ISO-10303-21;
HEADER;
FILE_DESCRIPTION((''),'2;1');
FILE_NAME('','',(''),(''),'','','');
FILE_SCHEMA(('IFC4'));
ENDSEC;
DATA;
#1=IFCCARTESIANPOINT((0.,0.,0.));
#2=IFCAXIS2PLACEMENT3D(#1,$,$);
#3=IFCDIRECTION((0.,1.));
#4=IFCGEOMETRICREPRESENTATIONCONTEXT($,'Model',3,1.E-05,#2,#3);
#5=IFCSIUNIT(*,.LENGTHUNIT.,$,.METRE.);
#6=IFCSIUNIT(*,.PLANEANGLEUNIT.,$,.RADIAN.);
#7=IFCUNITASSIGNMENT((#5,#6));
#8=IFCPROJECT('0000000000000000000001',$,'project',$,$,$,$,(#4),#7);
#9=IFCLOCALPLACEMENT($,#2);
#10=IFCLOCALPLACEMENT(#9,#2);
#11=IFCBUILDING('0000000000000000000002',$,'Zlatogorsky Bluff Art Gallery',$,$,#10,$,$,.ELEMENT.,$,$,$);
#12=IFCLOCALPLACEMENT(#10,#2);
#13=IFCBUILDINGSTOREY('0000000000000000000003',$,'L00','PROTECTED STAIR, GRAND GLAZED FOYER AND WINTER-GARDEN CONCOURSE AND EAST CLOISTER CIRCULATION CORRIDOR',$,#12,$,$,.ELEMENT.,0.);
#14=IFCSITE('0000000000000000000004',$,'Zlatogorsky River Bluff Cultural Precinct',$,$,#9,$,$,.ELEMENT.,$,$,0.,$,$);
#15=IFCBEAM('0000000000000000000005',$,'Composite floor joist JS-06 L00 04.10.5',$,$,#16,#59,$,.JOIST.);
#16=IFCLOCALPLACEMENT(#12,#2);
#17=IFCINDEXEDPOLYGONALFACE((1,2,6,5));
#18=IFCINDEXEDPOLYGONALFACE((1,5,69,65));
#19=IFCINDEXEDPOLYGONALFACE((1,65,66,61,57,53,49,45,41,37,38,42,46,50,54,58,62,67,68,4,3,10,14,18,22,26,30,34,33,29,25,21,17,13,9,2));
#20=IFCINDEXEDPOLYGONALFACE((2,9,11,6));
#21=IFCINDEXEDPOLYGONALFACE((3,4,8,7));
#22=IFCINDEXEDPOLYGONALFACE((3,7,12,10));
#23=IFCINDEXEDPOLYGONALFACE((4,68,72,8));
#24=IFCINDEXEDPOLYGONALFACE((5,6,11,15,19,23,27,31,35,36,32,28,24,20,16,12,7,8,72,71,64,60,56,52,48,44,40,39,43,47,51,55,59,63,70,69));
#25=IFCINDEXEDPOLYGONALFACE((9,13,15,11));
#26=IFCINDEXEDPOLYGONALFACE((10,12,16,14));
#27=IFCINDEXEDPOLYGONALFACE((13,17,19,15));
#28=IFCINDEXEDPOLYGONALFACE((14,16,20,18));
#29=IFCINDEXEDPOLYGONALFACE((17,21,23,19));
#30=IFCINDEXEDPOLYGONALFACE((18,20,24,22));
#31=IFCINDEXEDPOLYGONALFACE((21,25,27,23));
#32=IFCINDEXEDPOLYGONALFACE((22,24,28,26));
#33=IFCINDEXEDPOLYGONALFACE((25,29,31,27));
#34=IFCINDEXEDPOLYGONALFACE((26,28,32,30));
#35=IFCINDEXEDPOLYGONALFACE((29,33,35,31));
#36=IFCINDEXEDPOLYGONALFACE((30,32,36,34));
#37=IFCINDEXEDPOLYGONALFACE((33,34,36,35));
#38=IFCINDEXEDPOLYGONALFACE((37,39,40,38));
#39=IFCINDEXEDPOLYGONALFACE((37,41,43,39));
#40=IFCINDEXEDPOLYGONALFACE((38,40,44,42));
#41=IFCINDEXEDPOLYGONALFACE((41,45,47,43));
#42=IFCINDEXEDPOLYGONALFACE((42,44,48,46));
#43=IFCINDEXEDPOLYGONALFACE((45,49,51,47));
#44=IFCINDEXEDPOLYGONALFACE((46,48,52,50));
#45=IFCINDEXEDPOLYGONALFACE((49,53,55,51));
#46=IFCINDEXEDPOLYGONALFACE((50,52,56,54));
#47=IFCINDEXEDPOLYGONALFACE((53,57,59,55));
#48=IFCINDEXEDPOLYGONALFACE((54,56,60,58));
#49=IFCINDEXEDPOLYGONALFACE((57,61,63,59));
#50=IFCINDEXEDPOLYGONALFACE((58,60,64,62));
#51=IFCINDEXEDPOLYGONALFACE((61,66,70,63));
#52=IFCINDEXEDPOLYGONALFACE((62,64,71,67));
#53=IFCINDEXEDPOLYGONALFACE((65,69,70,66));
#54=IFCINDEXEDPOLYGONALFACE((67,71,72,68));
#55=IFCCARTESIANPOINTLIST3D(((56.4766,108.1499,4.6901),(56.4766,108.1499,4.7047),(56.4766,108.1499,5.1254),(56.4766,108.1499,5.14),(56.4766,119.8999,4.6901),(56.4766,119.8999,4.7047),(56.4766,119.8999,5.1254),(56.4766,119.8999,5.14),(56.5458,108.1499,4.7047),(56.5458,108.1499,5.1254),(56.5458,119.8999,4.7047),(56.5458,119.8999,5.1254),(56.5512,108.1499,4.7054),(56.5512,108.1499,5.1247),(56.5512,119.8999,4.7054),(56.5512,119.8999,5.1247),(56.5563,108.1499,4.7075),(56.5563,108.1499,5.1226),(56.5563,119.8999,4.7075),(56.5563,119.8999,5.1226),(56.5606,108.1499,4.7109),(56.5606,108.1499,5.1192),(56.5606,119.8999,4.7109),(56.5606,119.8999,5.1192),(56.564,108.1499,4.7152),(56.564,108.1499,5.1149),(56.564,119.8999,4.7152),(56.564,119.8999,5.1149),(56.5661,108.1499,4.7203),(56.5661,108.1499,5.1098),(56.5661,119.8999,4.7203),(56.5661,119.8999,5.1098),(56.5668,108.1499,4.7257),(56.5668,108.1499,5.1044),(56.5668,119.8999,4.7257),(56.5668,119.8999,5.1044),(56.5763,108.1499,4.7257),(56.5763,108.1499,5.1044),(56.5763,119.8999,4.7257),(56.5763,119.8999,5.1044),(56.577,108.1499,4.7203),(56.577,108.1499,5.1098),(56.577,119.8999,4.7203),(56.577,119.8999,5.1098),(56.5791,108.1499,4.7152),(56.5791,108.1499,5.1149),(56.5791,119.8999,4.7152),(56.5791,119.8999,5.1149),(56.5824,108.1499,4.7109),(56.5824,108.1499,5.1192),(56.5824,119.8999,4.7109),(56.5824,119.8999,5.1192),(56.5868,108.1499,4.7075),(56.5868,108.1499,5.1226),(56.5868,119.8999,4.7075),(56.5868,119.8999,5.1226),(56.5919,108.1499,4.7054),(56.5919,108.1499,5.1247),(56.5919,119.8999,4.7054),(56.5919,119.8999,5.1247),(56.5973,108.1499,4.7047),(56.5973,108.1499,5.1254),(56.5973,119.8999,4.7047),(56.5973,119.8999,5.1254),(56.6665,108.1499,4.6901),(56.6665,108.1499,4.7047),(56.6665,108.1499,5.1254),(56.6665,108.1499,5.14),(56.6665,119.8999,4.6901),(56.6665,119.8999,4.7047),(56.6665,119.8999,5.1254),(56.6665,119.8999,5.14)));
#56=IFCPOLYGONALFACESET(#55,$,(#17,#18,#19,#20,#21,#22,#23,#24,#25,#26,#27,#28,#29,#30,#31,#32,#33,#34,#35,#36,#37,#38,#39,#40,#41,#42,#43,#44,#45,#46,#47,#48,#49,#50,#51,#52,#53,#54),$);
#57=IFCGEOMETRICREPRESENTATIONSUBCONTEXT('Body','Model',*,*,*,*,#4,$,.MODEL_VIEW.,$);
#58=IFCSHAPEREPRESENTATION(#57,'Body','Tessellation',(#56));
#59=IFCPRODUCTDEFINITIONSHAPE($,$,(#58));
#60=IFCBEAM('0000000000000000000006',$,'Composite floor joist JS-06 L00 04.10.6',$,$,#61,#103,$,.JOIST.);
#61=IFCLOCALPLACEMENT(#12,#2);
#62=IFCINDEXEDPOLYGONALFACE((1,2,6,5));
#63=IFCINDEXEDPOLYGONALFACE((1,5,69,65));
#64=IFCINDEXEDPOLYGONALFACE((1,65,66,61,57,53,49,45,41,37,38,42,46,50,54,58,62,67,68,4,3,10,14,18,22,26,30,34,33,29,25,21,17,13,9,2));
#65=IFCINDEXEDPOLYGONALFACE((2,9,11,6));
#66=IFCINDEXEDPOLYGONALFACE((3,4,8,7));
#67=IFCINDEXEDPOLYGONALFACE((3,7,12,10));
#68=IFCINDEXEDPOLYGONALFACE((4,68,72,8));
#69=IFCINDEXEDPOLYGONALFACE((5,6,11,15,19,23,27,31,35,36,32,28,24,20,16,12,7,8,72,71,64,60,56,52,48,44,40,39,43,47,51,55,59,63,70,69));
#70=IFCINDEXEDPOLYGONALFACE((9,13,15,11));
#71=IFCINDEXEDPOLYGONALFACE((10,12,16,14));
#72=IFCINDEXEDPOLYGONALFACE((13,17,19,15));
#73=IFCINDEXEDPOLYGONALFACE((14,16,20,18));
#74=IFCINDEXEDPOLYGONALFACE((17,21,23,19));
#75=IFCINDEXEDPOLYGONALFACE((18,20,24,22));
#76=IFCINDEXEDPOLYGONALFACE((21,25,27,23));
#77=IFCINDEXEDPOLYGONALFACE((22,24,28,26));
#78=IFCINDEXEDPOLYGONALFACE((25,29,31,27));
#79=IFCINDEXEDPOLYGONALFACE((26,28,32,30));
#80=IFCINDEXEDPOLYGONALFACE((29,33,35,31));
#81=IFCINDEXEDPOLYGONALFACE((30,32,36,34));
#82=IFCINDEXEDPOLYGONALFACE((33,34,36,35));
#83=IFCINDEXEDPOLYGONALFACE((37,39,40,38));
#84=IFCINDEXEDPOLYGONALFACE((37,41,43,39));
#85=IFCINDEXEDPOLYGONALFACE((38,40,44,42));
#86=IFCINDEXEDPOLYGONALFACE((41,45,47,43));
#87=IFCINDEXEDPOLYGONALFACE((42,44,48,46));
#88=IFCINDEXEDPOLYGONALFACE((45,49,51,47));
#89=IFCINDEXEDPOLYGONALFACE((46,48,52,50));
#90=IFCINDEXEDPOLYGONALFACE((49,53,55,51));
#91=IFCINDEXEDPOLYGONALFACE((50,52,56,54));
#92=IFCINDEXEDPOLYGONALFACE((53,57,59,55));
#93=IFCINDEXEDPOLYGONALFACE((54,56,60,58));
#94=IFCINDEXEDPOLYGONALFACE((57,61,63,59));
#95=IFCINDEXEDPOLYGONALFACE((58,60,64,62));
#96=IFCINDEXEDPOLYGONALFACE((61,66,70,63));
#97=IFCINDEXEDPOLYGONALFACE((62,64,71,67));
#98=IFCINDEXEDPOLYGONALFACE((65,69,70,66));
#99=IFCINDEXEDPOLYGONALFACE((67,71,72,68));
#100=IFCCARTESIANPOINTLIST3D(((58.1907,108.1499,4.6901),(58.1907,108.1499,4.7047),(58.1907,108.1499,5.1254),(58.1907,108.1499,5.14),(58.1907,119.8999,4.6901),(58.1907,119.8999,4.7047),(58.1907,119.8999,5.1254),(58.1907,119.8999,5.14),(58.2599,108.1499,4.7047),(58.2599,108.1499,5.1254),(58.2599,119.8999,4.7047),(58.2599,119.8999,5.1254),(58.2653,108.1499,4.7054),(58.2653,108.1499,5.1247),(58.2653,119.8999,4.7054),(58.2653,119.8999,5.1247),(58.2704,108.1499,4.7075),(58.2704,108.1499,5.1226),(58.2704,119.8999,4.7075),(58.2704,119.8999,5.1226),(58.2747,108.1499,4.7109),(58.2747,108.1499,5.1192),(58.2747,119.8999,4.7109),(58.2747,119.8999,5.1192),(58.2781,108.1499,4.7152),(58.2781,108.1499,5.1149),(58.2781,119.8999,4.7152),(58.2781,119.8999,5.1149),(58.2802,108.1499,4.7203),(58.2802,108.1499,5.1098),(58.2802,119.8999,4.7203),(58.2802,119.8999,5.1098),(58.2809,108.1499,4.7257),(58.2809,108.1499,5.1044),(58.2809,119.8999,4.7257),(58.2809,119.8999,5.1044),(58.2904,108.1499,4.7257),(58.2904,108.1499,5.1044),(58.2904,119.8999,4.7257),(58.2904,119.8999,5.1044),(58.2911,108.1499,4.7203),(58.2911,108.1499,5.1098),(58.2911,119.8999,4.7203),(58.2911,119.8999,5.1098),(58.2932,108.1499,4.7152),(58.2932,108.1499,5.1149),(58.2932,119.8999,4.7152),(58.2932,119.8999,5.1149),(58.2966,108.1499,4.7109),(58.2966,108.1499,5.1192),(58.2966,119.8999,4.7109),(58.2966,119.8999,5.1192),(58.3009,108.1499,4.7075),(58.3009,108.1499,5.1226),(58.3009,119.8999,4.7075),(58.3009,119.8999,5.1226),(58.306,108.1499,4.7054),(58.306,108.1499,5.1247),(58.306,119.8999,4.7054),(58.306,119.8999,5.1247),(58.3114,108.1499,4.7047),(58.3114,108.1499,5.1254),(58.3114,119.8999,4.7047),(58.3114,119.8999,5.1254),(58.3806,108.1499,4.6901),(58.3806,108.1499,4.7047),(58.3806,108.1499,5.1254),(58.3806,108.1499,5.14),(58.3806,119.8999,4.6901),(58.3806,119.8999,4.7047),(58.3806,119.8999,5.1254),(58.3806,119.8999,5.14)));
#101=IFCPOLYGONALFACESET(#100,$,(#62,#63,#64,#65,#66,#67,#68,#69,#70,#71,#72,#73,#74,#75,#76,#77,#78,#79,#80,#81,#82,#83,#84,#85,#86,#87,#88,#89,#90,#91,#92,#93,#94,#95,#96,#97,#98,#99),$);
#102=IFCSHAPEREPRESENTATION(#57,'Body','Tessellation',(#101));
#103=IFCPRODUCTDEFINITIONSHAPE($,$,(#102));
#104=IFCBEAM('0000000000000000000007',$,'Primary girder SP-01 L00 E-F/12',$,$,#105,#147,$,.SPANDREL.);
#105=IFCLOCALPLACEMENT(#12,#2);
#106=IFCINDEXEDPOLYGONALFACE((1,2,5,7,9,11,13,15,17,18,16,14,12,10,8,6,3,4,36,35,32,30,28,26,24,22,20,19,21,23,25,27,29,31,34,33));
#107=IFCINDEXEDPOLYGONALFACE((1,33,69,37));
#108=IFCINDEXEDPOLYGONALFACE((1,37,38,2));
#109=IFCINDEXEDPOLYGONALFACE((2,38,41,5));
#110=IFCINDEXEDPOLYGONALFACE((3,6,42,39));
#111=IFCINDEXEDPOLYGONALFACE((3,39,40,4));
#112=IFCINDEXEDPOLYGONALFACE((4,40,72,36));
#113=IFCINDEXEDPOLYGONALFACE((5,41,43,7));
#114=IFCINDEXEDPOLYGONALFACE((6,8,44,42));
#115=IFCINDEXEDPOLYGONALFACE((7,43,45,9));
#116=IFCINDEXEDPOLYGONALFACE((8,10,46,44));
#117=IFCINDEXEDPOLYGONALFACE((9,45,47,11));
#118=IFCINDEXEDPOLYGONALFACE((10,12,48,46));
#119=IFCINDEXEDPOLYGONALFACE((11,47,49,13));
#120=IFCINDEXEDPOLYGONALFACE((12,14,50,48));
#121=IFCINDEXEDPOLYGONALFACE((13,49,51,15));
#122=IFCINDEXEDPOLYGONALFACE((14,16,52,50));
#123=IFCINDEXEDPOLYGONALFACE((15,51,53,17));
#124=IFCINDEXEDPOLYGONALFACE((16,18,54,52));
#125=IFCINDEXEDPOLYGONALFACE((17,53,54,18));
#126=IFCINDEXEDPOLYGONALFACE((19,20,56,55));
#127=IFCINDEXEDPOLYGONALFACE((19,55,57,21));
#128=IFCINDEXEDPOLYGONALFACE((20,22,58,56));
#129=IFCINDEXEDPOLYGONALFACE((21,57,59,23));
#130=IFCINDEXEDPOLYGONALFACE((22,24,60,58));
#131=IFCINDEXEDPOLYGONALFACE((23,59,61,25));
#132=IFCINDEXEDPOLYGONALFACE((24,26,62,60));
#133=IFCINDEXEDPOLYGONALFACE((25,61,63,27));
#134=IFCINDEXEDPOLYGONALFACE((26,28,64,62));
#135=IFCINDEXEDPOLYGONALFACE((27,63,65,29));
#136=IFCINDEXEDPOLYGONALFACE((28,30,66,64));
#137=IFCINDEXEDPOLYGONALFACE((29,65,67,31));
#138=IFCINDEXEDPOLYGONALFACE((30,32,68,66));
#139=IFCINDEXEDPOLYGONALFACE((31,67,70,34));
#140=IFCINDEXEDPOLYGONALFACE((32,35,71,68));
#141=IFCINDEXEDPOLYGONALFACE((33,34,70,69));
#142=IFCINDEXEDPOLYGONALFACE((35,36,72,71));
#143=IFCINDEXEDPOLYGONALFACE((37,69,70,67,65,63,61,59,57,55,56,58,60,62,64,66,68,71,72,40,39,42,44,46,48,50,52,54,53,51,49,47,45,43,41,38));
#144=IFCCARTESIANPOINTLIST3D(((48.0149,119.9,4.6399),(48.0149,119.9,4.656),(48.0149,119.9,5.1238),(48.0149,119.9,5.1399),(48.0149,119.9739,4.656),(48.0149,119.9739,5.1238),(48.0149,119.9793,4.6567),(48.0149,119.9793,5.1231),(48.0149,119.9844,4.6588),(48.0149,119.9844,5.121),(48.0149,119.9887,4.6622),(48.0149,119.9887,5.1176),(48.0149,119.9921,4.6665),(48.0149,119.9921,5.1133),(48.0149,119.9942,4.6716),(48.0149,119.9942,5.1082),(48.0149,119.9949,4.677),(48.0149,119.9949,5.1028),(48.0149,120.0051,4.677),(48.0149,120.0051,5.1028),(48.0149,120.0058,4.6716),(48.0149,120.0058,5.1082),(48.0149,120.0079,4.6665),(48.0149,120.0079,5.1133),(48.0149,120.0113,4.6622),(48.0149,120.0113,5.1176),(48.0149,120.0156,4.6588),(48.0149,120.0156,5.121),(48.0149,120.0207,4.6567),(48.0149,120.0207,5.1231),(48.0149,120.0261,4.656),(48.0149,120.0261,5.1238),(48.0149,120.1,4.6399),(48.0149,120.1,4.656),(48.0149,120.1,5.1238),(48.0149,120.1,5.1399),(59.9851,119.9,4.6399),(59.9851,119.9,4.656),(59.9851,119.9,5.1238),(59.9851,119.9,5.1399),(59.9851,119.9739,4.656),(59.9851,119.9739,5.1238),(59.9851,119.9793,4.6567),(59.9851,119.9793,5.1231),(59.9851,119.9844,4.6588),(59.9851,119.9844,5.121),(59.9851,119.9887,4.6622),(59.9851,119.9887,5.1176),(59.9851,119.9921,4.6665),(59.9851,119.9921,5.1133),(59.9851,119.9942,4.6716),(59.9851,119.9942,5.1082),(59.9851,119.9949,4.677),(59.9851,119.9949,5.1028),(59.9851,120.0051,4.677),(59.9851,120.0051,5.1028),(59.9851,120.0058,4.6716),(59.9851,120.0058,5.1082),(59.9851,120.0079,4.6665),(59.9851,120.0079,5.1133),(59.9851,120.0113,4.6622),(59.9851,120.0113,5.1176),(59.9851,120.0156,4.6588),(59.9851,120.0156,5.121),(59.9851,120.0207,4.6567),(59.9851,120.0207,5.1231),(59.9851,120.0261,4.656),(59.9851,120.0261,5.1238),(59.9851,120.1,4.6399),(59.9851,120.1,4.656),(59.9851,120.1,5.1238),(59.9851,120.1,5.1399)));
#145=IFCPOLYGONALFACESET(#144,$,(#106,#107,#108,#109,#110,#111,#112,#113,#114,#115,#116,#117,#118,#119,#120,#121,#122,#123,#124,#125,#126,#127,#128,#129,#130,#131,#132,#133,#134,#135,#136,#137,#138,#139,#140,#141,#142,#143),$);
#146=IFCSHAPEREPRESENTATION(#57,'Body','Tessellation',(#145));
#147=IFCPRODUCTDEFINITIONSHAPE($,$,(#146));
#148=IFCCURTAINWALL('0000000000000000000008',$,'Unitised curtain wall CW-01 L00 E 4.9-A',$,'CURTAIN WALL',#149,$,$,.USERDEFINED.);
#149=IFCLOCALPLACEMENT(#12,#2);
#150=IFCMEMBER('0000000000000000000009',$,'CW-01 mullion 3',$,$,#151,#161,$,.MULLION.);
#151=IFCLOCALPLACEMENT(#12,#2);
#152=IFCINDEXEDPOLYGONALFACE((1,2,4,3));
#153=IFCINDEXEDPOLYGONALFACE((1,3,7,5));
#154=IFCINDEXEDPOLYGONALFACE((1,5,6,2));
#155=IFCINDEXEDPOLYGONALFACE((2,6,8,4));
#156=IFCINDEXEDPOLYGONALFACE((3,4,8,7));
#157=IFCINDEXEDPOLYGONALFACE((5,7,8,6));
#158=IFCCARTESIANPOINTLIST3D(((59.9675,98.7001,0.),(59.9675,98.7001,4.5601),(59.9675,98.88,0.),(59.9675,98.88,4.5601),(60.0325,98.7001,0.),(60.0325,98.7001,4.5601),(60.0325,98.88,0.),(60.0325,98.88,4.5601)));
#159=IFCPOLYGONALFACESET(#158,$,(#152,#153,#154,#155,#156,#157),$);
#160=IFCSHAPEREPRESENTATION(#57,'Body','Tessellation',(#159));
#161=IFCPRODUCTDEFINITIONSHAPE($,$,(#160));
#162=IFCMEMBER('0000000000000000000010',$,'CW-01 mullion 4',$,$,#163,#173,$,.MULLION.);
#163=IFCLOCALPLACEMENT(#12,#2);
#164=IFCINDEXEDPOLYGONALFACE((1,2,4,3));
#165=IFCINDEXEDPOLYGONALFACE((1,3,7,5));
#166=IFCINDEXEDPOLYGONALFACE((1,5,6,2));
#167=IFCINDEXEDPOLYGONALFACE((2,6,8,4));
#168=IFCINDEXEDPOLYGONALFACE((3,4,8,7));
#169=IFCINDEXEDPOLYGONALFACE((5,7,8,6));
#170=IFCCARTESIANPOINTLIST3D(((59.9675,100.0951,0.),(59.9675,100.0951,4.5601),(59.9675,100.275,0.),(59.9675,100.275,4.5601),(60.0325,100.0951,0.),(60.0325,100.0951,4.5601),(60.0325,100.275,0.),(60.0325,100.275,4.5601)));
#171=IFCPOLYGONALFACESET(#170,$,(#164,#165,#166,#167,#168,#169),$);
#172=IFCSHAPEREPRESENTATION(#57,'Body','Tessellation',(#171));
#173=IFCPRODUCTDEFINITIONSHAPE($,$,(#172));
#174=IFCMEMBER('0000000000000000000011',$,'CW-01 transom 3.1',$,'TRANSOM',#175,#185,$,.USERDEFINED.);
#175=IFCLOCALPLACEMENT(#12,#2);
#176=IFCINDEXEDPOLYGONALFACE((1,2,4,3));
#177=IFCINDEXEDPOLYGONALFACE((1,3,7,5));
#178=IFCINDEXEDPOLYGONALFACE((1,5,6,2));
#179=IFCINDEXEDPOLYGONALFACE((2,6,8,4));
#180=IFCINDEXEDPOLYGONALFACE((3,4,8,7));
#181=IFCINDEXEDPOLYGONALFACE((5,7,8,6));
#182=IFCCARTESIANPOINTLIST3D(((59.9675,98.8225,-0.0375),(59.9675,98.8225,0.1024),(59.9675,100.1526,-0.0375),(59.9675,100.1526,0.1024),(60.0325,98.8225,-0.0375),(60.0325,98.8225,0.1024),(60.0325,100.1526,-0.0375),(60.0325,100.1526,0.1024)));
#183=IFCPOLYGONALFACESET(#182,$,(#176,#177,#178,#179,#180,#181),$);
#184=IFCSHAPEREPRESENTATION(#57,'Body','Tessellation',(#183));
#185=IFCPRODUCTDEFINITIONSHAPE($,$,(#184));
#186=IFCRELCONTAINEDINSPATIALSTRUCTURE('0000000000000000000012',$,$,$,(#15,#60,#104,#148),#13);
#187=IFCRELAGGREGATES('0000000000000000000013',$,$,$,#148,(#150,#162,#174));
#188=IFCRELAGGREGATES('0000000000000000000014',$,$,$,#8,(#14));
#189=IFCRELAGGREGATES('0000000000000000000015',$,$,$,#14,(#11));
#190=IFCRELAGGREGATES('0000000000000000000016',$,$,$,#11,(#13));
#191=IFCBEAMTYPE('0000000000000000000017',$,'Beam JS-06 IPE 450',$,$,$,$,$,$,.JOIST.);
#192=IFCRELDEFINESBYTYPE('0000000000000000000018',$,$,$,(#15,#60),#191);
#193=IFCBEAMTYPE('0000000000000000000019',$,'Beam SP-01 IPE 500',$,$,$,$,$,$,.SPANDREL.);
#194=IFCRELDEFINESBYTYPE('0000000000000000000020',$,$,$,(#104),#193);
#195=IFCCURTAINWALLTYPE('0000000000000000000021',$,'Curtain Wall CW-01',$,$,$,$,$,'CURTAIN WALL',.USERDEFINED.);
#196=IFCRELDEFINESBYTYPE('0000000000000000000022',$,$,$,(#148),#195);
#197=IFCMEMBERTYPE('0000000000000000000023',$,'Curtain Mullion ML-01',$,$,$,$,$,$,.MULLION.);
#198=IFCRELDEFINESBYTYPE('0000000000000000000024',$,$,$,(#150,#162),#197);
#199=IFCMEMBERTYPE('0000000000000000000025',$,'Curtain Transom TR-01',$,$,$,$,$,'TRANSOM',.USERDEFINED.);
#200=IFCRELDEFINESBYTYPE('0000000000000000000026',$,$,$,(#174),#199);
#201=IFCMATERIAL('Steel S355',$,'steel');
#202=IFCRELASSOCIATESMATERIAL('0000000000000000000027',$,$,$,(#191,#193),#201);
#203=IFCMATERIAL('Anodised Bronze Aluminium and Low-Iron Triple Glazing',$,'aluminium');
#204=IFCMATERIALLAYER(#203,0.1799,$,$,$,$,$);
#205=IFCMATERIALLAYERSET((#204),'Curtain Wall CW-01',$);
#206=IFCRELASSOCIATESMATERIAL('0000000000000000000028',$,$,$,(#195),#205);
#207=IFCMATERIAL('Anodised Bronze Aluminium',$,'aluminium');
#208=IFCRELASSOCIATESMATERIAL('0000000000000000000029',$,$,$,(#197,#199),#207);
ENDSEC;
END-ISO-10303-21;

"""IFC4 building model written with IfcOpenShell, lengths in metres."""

from ifc_helpers import new_model, si_unit, direction, frame, origin, origin_2d, place, context, subcontext, project, spatial, rectangle, i_section, extrude, material, layer, layer_set, material_profile, profile_set, type_object, element, aggregate, save


model = new_model("IFC4")

# Units and contexts
model_context = context("Model", 3, precision=1e-05, world=origin(), true_north=direction((0.0, 1.0)))
body_context = subcontext(model_context, "Body", "Model", "MODEL_VIEW")
ifc_project = project(units=[si_unit("LENGTHUNIT", "METRE"), si_unit("PLANEANGLEUNIT", "RADIAN")], contexts=[model_context])

# Site, building, storey
site_placement = place(None, origin())
site = spatial("IfcSite", under=ifc_project, at=site_placement, Name="Zlatogorsky River Bluff Cultural Precinct", CompositionType="ELEMENT", RefElevation=0.0)
building_placement = place(site_placement, origin())
building = spatial("IfcBuilding", under=site, at=building_placement, Name="Zlatogorsky Bluff Art Gallery", CompositionType="ELEMENT")
storey_placement = place(building_placement, origin())
storey = spatial("IfcBuildingStorey", under=building, at=storey_placement, Name="L00", Description="PROTECTED STAIR, GRAND GLAZED FOYER AND WINTER-GARDEN CONCOURSE AND EAST CLOISTER CIRCULATION CORRIDOR", CompositionType="ELEMENT", Elevation=0.0)

# Beams
ifc_material_1 = material(Name="Steel S355", Category="steel")
ifc_material_profile_1 = material_profile(ifc_material_1, i_section(OverallWidth=0.1899, OverallDepth=0.45, WebThickness=0.0095, FlangeThickness=0.0146, FilletRadius=0.021, at=origin_2d()), Name="IPE 450")
ifc_profile_set_1 = profile_set([ifc_material_profile_1], Name="Steel S355")
beam_type_1 = type_object("IfcBeamType", Name="Beam JS-06 IPE 450", PredefinedType="JOIST", material=ifc_profile_set_1)
for number, where, z_axis, x_axis, name in (
    (1, (56.5715, 108.1499, 4.915), (0.0, 1.0, 0.0), (-1.0, 0.0, 0.0), "Composite floor joist JS-06 L00 04.10.5"),
    (2, (58.2856, 108.1499, 4.915), (0.0, 1.0, 0.0), (-1.0, 0.0, 0.0), "Composite floor joist JS-06 L00 04.10.6"),
):
    element("IfcBeam", number, at=place(storey_placement, frame(where, z_axis=z_axis, x_axis=x_axis)), inside=storey, type_object=beam_type_1, Name=name, PredefinedType="JOIST", context=body_context, shape_type="SweptSolid", body=[
        extrude(i_section(OverallWidth=0.1899, OverallDepth=0.45, WebThickness=0.0095, FlangeThickness=0.0146, FilletRadius=0.021, at=origin_2d()), origin(), (0.0, 0.0, 1.0), 11.75),
    ])
ifc_material_profile_2 = material_profile(ifc_material_1, i_section(OverallWidth=0.2, OverallDepth=0.5, WebThickness=0.0103, FlangeThickness=0.0161, FilletRadius=0.021, at=origin_2d()), Name="IPE 500")
ifc_profile_set_2 = profile_set([ifc_material_profile_2], Name="Steel S355")
beam_type_2 = type_object("IfcBeamType", Name="Beam SP-01 IPE 500", PredefinedType="SPANDREL", material=ifc_profile_set_2)
beam_placement = place(storey_placement, frame((48.0149, 120.0, 4.8899), z_axis=(1.0, 0.0, 0.0), x_axis=(0.0, 1.0, 0.0)))
element("IfcBeam", 3, at=beam_placement, inside=storey, type_object=beam_type_2, Name="Primary girder SP-01 L00 E-F/12", PredefinedType="SPANDREL", context=body_context, shape_type="SweptSolid", body=[
    extrude(i_section(OverallWidth=0.2, OverallDepth=0.5, WebThickness=0.0103, FlangeThickness=0.0161, FilletRadius=0.021, at=origin_2d()), origin(), (0.0, 0.0, 1.0), 11.9702),
])

# Curtain wall, members
ifc_material_2 = material(Name="Anodised Bronze Aluminium and Low-Iron Triple Glazing", Category="aluminium")
ifc_layer_1 = layer(ifc_material_2, 0.1799)
ifc_layer_set_1 = layer_set([ifc_layer_1], Name="Curtain Wall CW-01")
curtain_wall_type = type_object("IfcCurtainWallType", Name="Curtain Wall CW-01", ElementType="CURTAIN WALL", PredefinedType="USERDEFINED", material=ifc_layer_set_1)
curtain_wall_placement = place(storey_placement, origin())
curtain_wall = element("IfcCurtainWall", 4, at=curtain_wall_placement, inside=storey, type_object=curtain_wall_type, Name="Unitised curtain wall CW-01 L00 E 4.9-A", ObjectType="CURTAIN WALL", PredefinedType="USERDEFINED")
ifc_material_3 = material(Name="Anodised Bronze Aluminium", Category="aluminium")
ifc_material_profile_3 = material_profile(ifc_material_3, rectangle(XDim=0.0649, YDim=0.1799, at=origin_2d()), Name="ALU MULLION 65x180")
ifc_profile_set_3 = profile_set([ifc_material_profile_3], Name="Anodised Bronze Aluminium")
member_type_1 = type_object("IfcMemberType", Name="Curtain Mullion ML-01", PredefinedType="MULLION", material=ifc_profile_set_3)
member_1_placement = place(storey_placement, frame((60.0, 98.79, 0.0), z_axis=(0.0, 0.0, 1.0), x_axis=(-1.0, 0.0, 0.0)))
member_1 = element("IfcMember", 5, at=member_1_placement, type_object=member_type_1, Name="CW-01 mullion 3", PredefinedType="MULLION", context=body_context, shape_type="SweptSolid", body=[
    extrude(rectangle(XDim=0.0649, YDim=0.1799, at=origin_2d()), origin(), (0.0, 0.0, 1.0), 4.5601),
])
member_2_placement = place(storey_placement, frame((60.0, 100.1851, 0.0), z_axis=(0.0, 0.0, 1.0), x_axis=(-1.0, 0.0, 0.0)))
member_2 = element("IfcMember", 6, at=member_2_placement, type_object=member_type_1, Name="CW-01 mullion 4", PredefinedType="MULLION", context=body_context, shape_type="SweptSolid", body=[
    extrude(rectangle(XDim=0.0649, YDim=0.1799, at=origin_2d()), origin(), (0.0, 0.0, 1.0), 4.5601),
])
ifc_material_profile_4 = material_profile(ifc_material_3, rectangle(XDim=0.0649, YDim=0.1399, at=origin_2d()), Name="ALU TRANSOM 65x140")
ifc_profile_set_4 = profile_set([ifc_material_profile_4], Name="Anodised Bronze Aluminium")
member_type_2 = type_object("IfcMemberType", Name="Curtain Transom TR-01", ElementType="TRANSOM", PredefinedType="USERDEFINED", material=ifc_profile_set_4)
member_3_placement = place(storey_placement, frame((60.0, 98.8225, 0.0325), z_axis=(0.0, 1.0, 0.0), x_axis=(-1.0, 0.0, 0.0)))
member_3 = element("IfcMember", 7, at=member_3_placement, type_object=member_type_2, Name="CW-01 transom 3.1", ObjectType="TRANSOM", PredefinedType="USERDEFINED", context=body_context, shape_type="SweptSolid", body=[
    extrude(rectangle(XDim=0.0649, YDim=0.1399, at=origin_2d()), origin(), (0.0, 0.0, 1.0), 1.3301),
])
aggregate(curtain_wall, [member_1, member_2, member_3])

save(model, "model.ifc")
